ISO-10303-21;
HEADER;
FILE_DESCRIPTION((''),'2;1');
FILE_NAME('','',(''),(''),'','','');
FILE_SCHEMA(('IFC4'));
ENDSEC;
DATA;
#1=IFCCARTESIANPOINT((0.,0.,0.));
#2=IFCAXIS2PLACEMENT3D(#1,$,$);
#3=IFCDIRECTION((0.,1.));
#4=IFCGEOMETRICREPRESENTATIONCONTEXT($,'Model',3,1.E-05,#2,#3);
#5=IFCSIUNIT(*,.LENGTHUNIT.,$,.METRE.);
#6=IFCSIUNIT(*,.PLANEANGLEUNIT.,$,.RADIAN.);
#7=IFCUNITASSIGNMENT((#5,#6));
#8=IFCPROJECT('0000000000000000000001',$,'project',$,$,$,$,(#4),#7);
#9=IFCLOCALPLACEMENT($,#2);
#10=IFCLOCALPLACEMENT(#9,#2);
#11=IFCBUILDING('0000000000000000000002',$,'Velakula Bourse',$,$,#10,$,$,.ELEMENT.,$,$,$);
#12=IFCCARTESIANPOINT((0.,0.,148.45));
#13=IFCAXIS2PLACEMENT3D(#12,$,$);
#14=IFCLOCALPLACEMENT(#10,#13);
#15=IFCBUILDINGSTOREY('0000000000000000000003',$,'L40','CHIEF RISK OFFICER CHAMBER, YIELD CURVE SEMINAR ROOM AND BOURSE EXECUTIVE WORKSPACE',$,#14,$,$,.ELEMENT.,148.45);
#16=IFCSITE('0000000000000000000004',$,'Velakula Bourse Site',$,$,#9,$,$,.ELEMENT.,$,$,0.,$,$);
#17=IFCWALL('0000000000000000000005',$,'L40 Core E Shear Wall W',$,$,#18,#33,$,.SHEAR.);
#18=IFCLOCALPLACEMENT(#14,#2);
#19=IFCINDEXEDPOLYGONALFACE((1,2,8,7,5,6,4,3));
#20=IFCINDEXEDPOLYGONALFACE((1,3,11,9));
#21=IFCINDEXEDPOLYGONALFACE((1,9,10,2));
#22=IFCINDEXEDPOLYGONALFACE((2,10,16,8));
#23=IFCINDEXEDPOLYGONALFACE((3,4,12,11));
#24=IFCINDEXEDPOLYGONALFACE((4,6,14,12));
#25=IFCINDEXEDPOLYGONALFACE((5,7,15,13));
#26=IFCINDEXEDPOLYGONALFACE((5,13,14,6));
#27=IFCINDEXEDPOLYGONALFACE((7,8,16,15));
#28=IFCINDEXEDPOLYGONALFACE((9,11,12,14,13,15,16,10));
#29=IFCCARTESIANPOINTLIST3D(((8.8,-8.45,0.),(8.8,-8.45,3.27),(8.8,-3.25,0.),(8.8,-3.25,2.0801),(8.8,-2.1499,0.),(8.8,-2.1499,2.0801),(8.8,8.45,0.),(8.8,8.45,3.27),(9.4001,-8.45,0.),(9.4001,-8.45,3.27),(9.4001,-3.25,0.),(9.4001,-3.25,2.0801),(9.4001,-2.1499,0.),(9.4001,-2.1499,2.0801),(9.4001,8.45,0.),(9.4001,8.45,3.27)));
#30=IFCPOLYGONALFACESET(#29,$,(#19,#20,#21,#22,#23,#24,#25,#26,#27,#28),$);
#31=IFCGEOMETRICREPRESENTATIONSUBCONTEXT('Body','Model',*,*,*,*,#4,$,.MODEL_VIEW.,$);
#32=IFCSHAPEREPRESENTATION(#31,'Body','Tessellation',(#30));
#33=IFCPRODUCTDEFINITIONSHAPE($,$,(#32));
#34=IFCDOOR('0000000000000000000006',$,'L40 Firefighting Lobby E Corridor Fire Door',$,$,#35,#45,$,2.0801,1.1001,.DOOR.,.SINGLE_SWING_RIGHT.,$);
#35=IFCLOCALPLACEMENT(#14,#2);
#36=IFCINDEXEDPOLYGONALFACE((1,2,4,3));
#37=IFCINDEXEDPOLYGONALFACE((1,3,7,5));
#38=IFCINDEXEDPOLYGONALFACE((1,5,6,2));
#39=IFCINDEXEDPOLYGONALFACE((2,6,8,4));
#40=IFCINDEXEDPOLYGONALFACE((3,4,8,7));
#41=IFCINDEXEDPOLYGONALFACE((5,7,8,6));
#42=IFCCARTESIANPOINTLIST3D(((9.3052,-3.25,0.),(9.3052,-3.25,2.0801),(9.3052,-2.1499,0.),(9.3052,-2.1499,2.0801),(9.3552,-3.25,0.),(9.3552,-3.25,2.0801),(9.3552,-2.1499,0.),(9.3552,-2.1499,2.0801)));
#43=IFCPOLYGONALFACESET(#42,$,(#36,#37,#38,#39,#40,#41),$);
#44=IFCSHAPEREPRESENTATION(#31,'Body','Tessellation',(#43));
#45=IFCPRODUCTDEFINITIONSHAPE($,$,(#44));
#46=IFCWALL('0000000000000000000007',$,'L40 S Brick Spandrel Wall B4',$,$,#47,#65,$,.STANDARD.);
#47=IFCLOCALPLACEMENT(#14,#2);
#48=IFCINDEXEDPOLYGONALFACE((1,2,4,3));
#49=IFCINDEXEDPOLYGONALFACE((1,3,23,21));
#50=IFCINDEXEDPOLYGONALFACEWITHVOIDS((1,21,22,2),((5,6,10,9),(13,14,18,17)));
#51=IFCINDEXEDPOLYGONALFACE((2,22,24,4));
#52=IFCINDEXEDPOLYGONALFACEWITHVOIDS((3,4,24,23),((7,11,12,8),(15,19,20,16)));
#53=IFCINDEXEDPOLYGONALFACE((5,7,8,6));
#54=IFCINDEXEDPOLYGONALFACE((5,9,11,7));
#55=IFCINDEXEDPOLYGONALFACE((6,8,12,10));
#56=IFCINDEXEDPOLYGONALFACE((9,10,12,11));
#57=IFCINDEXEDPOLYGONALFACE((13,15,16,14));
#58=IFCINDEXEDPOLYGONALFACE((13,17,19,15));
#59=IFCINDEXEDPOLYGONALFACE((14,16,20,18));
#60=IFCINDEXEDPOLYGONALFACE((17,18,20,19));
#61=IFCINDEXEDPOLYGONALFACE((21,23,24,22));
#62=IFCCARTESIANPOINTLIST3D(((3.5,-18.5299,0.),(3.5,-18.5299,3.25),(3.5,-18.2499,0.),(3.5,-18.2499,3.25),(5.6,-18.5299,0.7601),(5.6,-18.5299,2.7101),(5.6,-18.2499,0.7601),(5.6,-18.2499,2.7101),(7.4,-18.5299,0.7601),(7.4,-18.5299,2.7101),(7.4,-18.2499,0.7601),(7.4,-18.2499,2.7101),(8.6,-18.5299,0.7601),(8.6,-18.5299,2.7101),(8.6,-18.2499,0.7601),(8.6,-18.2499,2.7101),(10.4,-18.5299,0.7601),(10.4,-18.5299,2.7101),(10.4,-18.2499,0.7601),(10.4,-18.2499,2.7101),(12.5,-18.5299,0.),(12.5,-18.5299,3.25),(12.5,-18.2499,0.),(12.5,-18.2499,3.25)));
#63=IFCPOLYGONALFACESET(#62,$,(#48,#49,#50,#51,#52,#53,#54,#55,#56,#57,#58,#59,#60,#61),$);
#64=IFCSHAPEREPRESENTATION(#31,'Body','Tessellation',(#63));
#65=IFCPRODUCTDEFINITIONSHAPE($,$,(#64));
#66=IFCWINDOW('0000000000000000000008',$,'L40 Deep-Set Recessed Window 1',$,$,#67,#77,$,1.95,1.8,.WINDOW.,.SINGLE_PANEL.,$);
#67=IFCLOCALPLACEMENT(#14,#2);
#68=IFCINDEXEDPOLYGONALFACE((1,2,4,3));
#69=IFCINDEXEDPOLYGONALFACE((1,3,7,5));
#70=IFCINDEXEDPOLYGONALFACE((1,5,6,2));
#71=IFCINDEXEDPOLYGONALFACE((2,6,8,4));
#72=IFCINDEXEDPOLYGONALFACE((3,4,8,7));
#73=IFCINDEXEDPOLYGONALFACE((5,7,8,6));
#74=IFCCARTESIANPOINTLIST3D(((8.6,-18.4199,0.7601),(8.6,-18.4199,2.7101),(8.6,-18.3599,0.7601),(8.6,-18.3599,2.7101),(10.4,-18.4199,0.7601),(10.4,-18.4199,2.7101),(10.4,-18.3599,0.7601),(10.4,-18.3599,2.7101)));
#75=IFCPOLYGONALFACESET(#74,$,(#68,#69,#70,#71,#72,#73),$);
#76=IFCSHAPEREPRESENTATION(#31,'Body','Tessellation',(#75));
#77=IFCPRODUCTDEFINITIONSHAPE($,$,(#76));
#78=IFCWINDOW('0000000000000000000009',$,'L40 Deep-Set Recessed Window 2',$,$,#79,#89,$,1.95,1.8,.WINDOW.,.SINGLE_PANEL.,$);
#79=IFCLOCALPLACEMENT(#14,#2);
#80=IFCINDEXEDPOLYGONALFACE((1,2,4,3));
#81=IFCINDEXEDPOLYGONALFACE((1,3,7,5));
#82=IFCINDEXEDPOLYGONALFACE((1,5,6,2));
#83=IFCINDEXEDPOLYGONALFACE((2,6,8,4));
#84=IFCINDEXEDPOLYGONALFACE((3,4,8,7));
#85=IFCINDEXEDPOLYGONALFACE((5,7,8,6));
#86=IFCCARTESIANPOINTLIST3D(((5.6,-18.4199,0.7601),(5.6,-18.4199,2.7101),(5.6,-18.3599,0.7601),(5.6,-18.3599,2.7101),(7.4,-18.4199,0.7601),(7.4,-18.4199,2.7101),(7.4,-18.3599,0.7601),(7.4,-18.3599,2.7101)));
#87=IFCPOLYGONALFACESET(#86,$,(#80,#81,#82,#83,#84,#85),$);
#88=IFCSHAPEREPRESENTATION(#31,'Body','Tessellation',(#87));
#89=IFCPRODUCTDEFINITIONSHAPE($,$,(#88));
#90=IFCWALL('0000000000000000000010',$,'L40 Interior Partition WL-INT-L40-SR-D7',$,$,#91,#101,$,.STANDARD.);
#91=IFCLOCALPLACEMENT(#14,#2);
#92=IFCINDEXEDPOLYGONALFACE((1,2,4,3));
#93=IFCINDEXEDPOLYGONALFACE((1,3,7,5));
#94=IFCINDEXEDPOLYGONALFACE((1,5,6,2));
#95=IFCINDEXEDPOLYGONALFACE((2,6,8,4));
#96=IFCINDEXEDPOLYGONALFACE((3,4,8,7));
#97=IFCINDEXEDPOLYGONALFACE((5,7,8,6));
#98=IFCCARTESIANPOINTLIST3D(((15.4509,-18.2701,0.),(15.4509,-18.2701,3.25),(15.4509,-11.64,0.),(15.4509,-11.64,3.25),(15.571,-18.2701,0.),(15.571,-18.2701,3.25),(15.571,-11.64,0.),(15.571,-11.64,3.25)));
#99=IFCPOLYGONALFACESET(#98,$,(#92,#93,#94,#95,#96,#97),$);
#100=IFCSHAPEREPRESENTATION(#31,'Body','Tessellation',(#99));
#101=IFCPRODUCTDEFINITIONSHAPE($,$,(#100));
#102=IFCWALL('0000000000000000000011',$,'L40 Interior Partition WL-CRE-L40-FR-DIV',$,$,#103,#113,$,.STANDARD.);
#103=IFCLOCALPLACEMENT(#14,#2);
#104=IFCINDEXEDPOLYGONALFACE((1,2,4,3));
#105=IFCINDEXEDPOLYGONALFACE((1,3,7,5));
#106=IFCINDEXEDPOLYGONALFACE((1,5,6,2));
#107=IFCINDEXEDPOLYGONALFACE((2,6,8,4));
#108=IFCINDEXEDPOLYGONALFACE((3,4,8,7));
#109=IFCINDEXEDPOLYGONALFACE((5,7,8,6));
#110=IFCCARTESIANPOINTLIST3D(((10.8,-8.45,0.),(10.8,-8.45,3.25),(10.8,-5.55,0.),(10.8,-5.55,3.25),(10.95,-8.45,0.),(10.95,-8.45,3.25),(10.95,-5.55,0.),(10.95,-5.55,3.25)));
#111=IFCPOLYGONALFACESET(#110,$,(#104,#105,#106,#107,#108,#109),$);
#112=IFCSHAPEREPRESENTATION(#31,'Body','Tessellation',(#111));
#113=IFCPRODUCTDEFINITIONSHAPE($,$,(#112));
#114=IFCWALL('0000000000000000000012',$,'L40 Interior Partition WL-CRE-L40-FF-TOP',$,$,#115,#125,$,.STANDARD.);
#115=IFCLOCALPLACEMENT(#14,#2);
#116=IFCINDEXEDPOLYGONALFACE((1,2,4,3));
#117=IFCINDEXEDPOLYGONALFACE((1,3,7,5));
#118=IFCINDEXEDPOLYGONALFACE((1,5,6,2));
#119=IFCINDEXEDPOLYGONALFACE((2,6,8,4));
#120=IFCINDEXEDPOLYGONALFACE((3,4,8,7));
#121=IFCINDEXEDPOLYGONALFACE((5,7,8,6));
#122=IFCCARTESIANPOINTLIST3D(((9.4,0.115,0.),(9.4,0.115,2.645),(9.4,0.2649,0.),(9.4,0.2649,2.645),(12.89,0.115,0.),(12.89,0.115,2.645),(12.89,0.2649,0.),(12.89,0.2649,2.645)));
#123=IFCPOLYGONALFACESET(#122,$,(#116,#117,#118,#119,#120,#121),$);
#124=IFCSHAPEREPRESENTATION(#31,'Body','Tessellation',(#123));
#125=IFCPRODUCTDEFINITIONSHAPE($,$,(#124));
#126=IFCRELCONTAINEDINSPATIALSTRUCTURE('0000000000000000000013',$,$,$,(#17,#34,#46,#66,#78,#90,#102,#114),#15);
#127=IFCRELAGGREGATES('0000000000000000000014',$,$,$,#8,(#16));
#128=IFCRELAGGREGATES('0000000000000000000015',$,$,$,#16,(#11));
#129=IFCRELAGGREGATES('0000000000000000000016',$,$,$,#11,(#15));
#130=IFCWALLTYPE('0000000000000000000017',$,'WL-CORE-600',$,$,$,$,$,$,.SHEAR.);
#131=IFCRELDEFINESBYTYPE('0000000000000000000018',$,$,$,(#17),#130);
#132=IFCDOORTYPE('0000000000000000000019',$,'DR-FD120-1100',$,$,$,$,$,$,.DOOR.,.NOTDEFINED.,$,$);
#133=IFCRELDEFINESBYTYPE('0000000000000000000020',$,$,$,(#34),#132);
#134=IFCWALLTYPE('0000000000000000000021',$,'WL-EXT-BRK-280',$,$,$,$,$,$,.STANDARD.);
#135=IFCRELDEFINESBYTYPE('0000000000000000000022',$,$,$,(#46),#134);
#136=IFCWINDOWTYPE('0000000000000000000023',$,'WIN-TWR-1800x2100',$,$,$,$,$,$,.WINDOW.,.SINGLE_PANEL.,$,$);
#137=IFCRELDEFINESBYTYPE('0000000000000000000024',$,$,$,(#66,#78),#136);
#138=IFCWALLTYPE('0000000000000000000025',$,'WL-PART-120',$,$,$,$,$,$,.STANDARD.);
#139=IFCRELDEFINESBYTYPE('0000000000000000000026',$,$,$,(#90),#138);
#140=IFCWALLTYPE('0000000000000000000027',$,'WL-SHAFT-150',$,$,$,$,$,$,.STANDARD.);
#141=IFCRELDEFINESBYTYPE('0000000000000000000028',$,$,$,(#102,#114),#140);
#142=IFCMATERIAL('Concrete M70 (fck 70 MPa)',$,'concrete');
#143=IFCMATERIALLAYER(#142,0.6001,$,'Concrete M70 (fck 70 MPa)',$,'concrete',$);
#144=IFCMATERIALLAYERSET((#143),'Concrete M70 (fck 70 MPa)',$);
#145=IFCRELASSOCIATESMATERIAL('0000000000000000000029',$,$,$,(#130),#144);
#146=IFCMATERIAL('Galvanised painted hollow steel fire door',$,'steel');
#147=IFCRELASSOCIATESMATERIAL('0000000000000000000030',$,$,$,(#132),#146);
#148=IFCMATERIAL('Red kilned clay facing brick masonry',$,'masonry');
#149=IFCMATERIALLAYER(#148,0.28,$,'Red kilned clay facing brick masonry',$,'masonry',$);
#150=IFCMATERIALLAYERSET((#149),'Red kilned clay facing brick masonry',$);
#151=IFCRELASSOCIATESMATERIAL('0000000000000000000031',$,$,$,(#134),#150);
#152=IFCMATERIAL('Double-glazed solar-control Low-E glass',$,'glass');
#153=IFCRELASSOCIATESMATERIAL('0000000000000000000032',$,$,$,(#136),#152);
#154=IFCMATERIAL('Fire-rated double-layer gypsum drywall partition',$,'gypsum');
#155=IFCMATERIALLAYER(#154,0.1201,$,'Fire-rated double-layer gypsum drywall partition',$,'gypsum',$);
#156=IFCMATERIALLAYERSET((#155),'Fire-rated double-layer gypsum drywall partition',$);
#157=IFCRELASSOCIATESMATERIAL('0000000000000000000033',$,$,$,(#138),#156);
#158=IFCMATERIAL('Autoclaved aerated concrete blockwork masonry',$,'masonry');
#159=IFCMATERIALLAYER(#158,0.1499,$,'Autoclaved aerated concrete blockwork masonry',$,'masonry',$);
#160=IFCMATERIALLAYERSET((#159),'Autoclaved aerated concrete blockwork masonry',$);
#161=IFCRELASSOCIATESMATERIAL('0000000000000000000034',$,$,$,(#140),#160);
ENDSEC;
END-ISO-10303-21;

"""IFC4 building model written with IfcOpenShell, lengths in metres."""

from ifc_helpers import new_model, si_unit, direction, frame, frame_2d, origin, place, context, subcontext, project, spatial, rectangle, extrude, material, layer, layer_set, type_object, element, fill, save


model = new_model("IFC4")

# Units and contexts
model_context = context("Model", 3, precision=1e-05, world=origin(), true_north=direction((0.0, 1.0)))
body_context = subcontext(model_context, "Body", "Model", "MODEL_VIEW")
ifc_project = project(units=[si_unit("LENGTHUNIT", "METRE"), si_unit("PLANEANGLEUNIT", "RADIAN")], contexts=[model_context])

# Site, building, storey
site_placement = place(None, origin())
site = spatial("IfcSite", under=ifc_project, at=site_placement, Name="Velakula Bourse Site", CompositionType="ELEMENT", RefElevation=0.0)
building_placement = place(site_placement, origin())
building = spatial("IfcBuilding", under=site, at=building_placement, Name="Velakula Bourse", CompositionType="ELEMENT")
storey_placement = place(building_placement, frame((0.0, 0.0, 148.45)))
storey = spatial("IfcBuildingStorey", under=building, at=storey_placement, Name="L40", Description="CHIEF RISK OFFICER CHAMBER, YIELD CURVE SEMINAR ROOM AND BOURSE EXECUTIVE WORKSPACE", CompositionType="ELEMENT", Elevation=148.45)

# Shared definitions
ifc_material_1 = material(Name="Galvanised painted hollow steel fire door", Category="steel")

# Wall, opening, door
ifc_material_2 = material(Name="Concrete M70 (fck 70 MPa)", Category="concrete")
ifc_layer_1 = layer(ifc_material_2, 0.6001, Name="Concrete M70 (fck 70 MPa)", Category="concrete")
ifc_layer_set_1 = layer_set([ifc_layer_1], Name="Concrete M70 (fck 70 MPa)")
wall_type_1 = type_object("IfcWallType", Name="WL-CORE-600", PredefinedType="SHEAR", material=ifc_layer_set_1)
wall_1_placement = place(storey_placement, frame((9.1001, -8.45, 0.0), z_axis=(0.0, 0.0, 1.0), x_axis=(0.0, 1.0, 0.0)))
wall_1 = element("IfcWall", 1, at=wall_1_placement, inside=storey, type_object=wall_type_1, Name="L40 Core E Shear Wall W", PredefinedType="SHEAR", context=body_context, shape_type="SweptSolid", body=[
    extrude(rectangle(XDim=16.8999, YDim=0.6001, at=frame_2d((8.45, 0.0))), origin(), (0.0, 0.0, 1.0), 3.27),
])
opening_1_placement = place(wall_1_placement, frame((5.2, 0.0, 0.0)))
opening_1 = element("IfcOpeningElement", 2, at=opening_1_placement, cuts=wall_1, PredefinedType="OPENING", context=body_context, shape_type="SweptSolid", body=[
    extrude(rectangle(XDim=1.1001, YDim=2.0801, at=frame_2d((0.55, 1.04))), frame((0.0, 0.3101, 0.0), z_axis=(0.0, -1.0, 0.0), x_axis=(1.0, 0.0, 0.0)), (0.0, 0.0, 1.0), 0.6201),
])
door_type_1 = type_object("IfcDoorType", Name="DR-FD120-1100", OperationType="NOTDEFINED", PredefinedType="DOOR", material=ifc_material_1)
door_1_placement = place(opening_1_placement, origin())
door_1 = element("IfcDoor", 3, at=door_1_placement, inside=storey, type_object=door_type_1, Name="L40 Firefighting Lobby E Corridor Fire Door", OperationType="SINGLE_SWING_RIGHT", OverallHeight=2.0801, OverallWidth=1.1001, PredefinedType="DOOR", context=body_context, shape_type="SweptSolid", body=[
    extrude(rectangle(XDim=1.1001, YDim=2.0801, at=frame_2d((0.55, 1.04))), frame((0.0, -0.2051, 0.0), z_axis=(0.0, -1.0, 0.0), x_axis=(1.0, 0.0, 0.0)), (0.0, 0.0, 1.0), 0.05),
])
fill(opening_1, door_1)

# Wall, openings, windows
ifc_material_3 = material(Name="Red kilned clay facing brick masonry", Category="masonry")
ifc_layer_2 = layer(ifc_material_3, 0.28, Name="Red kilned clay facing brick masonry", Category="masonry")
ifc_layer_set_2 = layer_set([ifc_layer_2], Name="Red kilned clay facing brick masonry")
wall_type_2 = type_object("IfcWallType", Name="WL-EXT-BRK-280", PredefinedType="STANDARD", material=ifc_layer_set_2)
wall_2_placement = place(storey_placement, frame((12.5, -18.3899, 0.0), z_axis=(0.0, 0.0, 1.0), x_axis=(-1.0, 0.0, 0.0)))
wall_2 = element("IfcWall", 4, at=wall_2_placement, inside=storey, type_object=wall_type_2, Name="L40 S Brick Spandrel Wall B4", PredefinedType="STANDARD", context=body_context, shape_type="SweptSolid", body=[
    extrude(rectangle(XDim=9.0, YDim=0.28, at=frame_2d((4.5, 0.0))), origin(), (0.0, 0.0, 1.0), 3.25),
])
opening_2_placement = place(wall_2_placement, frame((2.1001, 0.0, 0.76)))
opening_2 = element("IfcOpeningElement", 5, at=opening_2_placement, cuts=wall_2, PredefinedType="OPENING", context=body_context, shape_type="SweptSolid", body=[
    extrude(rectangle(XDim=1.8, YDim=1.95, at=frame_2d((0.8999, 0.9751))), frame((0.0, 0.1499, 0.0), z_axis=(0.0, -1.0, 0.0), x_axis=(1.0, 0.0, 0.0)), (0.0, 0.0, 1.0), 0.3),
])
opening_3_placement = place(wall_2_placement, frame((5.1001, 0.0, 0.76)))
opening_3 = element("IfcOpeningElement", 6, at=opening_3_placement, cuts=wall_2, PredefinedType="OPENING", context=body_context, shape_type="SweptSolid", body=[
    extrude(rectangle(XDim=1.8, YDim=1.95, at=frame_2d((0.8999, 0.9751))), frame((0.0, 0.1499, 0.0), z_axis=(0.0, -1.0, 0.0), x_axis=(1.0, 0.0, 0.0)), (0.0, 0.0, 1.0), 0.3),
])
ifc_material_4 = material(Name="Double-glazed solar-control Low-E glass", Category="glass")
window_type = type_object("IfcWindowType", Name="WIN-TWR-1800x2100", PartitioningType="SINGLE_PANEL", PredefinedType="WINDOW", material=ifc_material_4)
window_1_placement = place(opening_2_placement, origin())
window_1 = element("IfcWindow", 7, at=window_1_placement, inside=storey, type_object=window_type, Name="L40 Deep-Set Recessed Window 1", OverallHeight=1.95, OverallWidth=1.8, PartitioningType="SINGLE_PANEL", PredefinedType="WINDOW", context=body_context, shape_type="SweptSolid", body=[
    extrude(rectangle(XDim=1.8, YDim=1.95, at=frame_2d((0.8999, 0.9751))), frame((0.0, 0.03, 0.0), z_axis=(0.0, -1.0, 0.0), x_axis=(1.0, 0.0, 0.0)), (0.0, 0.0, 1.0), 0.0601),
])
fill(opening_2, window_1)
window_2_placement = place(opening_3_placement, origin())
window_2 = element("IfcWindow", 8, at=window_2_placement, inside=storey, type_object=window_type, Name="L40 Deep-Set Recessed Window 2", OverallHeight=1.95, OverallWidth=1.8, PartitioningType="SINGLE_PANEL", PredefinedType="WINDOW", context=body_context, shape_type="SweptSolid", body=[
    extrude(rectangle(XDim=1.8, YDim=1.95, at=frame_2d((0.8999, 0.9751))), frame((0.0, 0.03, 0.0), z_axis=(0.0, -1.0, 0.0), x_axis=(1.0, 0.0, 0.0)), (0.0, 0.0, 1.0), 0.0601),
])
fill(opening_3, window_2)

# Wall
ifc_material_5 = material(Name="Fire-rated double-layer gypsum drywall partition", Category="gypsum")
ifc_layer_3 = layer(ifc_material_5, 0.1201, Name="Fire-rated double-layer gypsum drywall partition", Category="gypsum")
ifc_layer_set_3 = layer_set([ifc_layer_3], Name="Fire-rated double-layer gypsum drywall partition")
wall_type_3 = type_object("IfcWallType", Name="WL-PART-120", PredefinedType="STANDARD", material=ifc_layer_set_3)
wall_3_placement = place(storey_placement, frame((15.511, -18.27, 0.0), z_axis=(0.0, 0.0, 1.0), x_axis=(0.0, 1.0, 0.0)))
element("IfcWall", 9, at=wall_3_placement, inside=storey, type_object=wall_type_3, Name="L40 Interior Partition WL-INT-L40-SR-D7", PredefinedType="STANDARD", context=body_context, shape_type="SweptSolid", body=[
    extrude(rectangle(XDim=6.6301, YDim=0.1201, at=frame_2d((3.3149, 0.0))), origin(), (0.0, 0.0, 1.0), 3.25),
])

# Shared definitions
ifc_material_6 = material(Name="Autoclaved aerated concrete blockwork masonry", Category="masonry")
ifc_layer_4 = layer(ifc_material_6, 0.1499, Name="Autoclaved aerated concrete blockwork masonry", Category="masonry")
ifc_layer_set_4 = layer_set([ifc_layer_4], Name="Autoclaved aerated concrete blockwork masonry")
wall_type_4 = type_object("IfcWallType", Name="WL-SHAFT-150", PredefinedType="STANDARD", material=ifc_layer_set_4)

# Walls
wall_4_placement = place(storey_placement, frame((10.875, -8.45, 0.0), z_axis=(0.0, 0.0, 1.0), x_axis=(0.0, 1.0, 0.0)))
element("IfcWall", 10, at=wall_4_placement, inside=storey, type_object=wall_type_4, Name="L40 Interior Partition WL-CRE-L40-FR-DIV", PredefinedType="STANDARD", context=body_context, shape_type="SweptSolid", body=[
    extrude(rectangle(XDim=2.8999, YDim=0.1499, at=frame_2d((1.45, 0.0))), origin(), (0.0, 0.0, 1.0), 3.25),
])
wall_5_placement = place(storey_placement, frame((9.3999, 0.1899, 0.0), z_axis=(0.0, 0.0, 1.0), x_axis=(1.0, 0.0, 0.0)))
element("IfcWall", 11, at=wall_5_placement, inside=storey, type_object=wall_type_4, Name="L40 Interior Partition WL-CRE-L40-FF-TOP", PredefinedType="STANDARD", context=body_context, shape_type="SweptSolid", body=[
    extrude(rectangle(XDim=3.49, YDim=0.1499, at=frame_2d((1.7451, 0.0))), origin(), (0.0, 0.0, 1.0), 2.645),
])

save(model, "model.ifc")
